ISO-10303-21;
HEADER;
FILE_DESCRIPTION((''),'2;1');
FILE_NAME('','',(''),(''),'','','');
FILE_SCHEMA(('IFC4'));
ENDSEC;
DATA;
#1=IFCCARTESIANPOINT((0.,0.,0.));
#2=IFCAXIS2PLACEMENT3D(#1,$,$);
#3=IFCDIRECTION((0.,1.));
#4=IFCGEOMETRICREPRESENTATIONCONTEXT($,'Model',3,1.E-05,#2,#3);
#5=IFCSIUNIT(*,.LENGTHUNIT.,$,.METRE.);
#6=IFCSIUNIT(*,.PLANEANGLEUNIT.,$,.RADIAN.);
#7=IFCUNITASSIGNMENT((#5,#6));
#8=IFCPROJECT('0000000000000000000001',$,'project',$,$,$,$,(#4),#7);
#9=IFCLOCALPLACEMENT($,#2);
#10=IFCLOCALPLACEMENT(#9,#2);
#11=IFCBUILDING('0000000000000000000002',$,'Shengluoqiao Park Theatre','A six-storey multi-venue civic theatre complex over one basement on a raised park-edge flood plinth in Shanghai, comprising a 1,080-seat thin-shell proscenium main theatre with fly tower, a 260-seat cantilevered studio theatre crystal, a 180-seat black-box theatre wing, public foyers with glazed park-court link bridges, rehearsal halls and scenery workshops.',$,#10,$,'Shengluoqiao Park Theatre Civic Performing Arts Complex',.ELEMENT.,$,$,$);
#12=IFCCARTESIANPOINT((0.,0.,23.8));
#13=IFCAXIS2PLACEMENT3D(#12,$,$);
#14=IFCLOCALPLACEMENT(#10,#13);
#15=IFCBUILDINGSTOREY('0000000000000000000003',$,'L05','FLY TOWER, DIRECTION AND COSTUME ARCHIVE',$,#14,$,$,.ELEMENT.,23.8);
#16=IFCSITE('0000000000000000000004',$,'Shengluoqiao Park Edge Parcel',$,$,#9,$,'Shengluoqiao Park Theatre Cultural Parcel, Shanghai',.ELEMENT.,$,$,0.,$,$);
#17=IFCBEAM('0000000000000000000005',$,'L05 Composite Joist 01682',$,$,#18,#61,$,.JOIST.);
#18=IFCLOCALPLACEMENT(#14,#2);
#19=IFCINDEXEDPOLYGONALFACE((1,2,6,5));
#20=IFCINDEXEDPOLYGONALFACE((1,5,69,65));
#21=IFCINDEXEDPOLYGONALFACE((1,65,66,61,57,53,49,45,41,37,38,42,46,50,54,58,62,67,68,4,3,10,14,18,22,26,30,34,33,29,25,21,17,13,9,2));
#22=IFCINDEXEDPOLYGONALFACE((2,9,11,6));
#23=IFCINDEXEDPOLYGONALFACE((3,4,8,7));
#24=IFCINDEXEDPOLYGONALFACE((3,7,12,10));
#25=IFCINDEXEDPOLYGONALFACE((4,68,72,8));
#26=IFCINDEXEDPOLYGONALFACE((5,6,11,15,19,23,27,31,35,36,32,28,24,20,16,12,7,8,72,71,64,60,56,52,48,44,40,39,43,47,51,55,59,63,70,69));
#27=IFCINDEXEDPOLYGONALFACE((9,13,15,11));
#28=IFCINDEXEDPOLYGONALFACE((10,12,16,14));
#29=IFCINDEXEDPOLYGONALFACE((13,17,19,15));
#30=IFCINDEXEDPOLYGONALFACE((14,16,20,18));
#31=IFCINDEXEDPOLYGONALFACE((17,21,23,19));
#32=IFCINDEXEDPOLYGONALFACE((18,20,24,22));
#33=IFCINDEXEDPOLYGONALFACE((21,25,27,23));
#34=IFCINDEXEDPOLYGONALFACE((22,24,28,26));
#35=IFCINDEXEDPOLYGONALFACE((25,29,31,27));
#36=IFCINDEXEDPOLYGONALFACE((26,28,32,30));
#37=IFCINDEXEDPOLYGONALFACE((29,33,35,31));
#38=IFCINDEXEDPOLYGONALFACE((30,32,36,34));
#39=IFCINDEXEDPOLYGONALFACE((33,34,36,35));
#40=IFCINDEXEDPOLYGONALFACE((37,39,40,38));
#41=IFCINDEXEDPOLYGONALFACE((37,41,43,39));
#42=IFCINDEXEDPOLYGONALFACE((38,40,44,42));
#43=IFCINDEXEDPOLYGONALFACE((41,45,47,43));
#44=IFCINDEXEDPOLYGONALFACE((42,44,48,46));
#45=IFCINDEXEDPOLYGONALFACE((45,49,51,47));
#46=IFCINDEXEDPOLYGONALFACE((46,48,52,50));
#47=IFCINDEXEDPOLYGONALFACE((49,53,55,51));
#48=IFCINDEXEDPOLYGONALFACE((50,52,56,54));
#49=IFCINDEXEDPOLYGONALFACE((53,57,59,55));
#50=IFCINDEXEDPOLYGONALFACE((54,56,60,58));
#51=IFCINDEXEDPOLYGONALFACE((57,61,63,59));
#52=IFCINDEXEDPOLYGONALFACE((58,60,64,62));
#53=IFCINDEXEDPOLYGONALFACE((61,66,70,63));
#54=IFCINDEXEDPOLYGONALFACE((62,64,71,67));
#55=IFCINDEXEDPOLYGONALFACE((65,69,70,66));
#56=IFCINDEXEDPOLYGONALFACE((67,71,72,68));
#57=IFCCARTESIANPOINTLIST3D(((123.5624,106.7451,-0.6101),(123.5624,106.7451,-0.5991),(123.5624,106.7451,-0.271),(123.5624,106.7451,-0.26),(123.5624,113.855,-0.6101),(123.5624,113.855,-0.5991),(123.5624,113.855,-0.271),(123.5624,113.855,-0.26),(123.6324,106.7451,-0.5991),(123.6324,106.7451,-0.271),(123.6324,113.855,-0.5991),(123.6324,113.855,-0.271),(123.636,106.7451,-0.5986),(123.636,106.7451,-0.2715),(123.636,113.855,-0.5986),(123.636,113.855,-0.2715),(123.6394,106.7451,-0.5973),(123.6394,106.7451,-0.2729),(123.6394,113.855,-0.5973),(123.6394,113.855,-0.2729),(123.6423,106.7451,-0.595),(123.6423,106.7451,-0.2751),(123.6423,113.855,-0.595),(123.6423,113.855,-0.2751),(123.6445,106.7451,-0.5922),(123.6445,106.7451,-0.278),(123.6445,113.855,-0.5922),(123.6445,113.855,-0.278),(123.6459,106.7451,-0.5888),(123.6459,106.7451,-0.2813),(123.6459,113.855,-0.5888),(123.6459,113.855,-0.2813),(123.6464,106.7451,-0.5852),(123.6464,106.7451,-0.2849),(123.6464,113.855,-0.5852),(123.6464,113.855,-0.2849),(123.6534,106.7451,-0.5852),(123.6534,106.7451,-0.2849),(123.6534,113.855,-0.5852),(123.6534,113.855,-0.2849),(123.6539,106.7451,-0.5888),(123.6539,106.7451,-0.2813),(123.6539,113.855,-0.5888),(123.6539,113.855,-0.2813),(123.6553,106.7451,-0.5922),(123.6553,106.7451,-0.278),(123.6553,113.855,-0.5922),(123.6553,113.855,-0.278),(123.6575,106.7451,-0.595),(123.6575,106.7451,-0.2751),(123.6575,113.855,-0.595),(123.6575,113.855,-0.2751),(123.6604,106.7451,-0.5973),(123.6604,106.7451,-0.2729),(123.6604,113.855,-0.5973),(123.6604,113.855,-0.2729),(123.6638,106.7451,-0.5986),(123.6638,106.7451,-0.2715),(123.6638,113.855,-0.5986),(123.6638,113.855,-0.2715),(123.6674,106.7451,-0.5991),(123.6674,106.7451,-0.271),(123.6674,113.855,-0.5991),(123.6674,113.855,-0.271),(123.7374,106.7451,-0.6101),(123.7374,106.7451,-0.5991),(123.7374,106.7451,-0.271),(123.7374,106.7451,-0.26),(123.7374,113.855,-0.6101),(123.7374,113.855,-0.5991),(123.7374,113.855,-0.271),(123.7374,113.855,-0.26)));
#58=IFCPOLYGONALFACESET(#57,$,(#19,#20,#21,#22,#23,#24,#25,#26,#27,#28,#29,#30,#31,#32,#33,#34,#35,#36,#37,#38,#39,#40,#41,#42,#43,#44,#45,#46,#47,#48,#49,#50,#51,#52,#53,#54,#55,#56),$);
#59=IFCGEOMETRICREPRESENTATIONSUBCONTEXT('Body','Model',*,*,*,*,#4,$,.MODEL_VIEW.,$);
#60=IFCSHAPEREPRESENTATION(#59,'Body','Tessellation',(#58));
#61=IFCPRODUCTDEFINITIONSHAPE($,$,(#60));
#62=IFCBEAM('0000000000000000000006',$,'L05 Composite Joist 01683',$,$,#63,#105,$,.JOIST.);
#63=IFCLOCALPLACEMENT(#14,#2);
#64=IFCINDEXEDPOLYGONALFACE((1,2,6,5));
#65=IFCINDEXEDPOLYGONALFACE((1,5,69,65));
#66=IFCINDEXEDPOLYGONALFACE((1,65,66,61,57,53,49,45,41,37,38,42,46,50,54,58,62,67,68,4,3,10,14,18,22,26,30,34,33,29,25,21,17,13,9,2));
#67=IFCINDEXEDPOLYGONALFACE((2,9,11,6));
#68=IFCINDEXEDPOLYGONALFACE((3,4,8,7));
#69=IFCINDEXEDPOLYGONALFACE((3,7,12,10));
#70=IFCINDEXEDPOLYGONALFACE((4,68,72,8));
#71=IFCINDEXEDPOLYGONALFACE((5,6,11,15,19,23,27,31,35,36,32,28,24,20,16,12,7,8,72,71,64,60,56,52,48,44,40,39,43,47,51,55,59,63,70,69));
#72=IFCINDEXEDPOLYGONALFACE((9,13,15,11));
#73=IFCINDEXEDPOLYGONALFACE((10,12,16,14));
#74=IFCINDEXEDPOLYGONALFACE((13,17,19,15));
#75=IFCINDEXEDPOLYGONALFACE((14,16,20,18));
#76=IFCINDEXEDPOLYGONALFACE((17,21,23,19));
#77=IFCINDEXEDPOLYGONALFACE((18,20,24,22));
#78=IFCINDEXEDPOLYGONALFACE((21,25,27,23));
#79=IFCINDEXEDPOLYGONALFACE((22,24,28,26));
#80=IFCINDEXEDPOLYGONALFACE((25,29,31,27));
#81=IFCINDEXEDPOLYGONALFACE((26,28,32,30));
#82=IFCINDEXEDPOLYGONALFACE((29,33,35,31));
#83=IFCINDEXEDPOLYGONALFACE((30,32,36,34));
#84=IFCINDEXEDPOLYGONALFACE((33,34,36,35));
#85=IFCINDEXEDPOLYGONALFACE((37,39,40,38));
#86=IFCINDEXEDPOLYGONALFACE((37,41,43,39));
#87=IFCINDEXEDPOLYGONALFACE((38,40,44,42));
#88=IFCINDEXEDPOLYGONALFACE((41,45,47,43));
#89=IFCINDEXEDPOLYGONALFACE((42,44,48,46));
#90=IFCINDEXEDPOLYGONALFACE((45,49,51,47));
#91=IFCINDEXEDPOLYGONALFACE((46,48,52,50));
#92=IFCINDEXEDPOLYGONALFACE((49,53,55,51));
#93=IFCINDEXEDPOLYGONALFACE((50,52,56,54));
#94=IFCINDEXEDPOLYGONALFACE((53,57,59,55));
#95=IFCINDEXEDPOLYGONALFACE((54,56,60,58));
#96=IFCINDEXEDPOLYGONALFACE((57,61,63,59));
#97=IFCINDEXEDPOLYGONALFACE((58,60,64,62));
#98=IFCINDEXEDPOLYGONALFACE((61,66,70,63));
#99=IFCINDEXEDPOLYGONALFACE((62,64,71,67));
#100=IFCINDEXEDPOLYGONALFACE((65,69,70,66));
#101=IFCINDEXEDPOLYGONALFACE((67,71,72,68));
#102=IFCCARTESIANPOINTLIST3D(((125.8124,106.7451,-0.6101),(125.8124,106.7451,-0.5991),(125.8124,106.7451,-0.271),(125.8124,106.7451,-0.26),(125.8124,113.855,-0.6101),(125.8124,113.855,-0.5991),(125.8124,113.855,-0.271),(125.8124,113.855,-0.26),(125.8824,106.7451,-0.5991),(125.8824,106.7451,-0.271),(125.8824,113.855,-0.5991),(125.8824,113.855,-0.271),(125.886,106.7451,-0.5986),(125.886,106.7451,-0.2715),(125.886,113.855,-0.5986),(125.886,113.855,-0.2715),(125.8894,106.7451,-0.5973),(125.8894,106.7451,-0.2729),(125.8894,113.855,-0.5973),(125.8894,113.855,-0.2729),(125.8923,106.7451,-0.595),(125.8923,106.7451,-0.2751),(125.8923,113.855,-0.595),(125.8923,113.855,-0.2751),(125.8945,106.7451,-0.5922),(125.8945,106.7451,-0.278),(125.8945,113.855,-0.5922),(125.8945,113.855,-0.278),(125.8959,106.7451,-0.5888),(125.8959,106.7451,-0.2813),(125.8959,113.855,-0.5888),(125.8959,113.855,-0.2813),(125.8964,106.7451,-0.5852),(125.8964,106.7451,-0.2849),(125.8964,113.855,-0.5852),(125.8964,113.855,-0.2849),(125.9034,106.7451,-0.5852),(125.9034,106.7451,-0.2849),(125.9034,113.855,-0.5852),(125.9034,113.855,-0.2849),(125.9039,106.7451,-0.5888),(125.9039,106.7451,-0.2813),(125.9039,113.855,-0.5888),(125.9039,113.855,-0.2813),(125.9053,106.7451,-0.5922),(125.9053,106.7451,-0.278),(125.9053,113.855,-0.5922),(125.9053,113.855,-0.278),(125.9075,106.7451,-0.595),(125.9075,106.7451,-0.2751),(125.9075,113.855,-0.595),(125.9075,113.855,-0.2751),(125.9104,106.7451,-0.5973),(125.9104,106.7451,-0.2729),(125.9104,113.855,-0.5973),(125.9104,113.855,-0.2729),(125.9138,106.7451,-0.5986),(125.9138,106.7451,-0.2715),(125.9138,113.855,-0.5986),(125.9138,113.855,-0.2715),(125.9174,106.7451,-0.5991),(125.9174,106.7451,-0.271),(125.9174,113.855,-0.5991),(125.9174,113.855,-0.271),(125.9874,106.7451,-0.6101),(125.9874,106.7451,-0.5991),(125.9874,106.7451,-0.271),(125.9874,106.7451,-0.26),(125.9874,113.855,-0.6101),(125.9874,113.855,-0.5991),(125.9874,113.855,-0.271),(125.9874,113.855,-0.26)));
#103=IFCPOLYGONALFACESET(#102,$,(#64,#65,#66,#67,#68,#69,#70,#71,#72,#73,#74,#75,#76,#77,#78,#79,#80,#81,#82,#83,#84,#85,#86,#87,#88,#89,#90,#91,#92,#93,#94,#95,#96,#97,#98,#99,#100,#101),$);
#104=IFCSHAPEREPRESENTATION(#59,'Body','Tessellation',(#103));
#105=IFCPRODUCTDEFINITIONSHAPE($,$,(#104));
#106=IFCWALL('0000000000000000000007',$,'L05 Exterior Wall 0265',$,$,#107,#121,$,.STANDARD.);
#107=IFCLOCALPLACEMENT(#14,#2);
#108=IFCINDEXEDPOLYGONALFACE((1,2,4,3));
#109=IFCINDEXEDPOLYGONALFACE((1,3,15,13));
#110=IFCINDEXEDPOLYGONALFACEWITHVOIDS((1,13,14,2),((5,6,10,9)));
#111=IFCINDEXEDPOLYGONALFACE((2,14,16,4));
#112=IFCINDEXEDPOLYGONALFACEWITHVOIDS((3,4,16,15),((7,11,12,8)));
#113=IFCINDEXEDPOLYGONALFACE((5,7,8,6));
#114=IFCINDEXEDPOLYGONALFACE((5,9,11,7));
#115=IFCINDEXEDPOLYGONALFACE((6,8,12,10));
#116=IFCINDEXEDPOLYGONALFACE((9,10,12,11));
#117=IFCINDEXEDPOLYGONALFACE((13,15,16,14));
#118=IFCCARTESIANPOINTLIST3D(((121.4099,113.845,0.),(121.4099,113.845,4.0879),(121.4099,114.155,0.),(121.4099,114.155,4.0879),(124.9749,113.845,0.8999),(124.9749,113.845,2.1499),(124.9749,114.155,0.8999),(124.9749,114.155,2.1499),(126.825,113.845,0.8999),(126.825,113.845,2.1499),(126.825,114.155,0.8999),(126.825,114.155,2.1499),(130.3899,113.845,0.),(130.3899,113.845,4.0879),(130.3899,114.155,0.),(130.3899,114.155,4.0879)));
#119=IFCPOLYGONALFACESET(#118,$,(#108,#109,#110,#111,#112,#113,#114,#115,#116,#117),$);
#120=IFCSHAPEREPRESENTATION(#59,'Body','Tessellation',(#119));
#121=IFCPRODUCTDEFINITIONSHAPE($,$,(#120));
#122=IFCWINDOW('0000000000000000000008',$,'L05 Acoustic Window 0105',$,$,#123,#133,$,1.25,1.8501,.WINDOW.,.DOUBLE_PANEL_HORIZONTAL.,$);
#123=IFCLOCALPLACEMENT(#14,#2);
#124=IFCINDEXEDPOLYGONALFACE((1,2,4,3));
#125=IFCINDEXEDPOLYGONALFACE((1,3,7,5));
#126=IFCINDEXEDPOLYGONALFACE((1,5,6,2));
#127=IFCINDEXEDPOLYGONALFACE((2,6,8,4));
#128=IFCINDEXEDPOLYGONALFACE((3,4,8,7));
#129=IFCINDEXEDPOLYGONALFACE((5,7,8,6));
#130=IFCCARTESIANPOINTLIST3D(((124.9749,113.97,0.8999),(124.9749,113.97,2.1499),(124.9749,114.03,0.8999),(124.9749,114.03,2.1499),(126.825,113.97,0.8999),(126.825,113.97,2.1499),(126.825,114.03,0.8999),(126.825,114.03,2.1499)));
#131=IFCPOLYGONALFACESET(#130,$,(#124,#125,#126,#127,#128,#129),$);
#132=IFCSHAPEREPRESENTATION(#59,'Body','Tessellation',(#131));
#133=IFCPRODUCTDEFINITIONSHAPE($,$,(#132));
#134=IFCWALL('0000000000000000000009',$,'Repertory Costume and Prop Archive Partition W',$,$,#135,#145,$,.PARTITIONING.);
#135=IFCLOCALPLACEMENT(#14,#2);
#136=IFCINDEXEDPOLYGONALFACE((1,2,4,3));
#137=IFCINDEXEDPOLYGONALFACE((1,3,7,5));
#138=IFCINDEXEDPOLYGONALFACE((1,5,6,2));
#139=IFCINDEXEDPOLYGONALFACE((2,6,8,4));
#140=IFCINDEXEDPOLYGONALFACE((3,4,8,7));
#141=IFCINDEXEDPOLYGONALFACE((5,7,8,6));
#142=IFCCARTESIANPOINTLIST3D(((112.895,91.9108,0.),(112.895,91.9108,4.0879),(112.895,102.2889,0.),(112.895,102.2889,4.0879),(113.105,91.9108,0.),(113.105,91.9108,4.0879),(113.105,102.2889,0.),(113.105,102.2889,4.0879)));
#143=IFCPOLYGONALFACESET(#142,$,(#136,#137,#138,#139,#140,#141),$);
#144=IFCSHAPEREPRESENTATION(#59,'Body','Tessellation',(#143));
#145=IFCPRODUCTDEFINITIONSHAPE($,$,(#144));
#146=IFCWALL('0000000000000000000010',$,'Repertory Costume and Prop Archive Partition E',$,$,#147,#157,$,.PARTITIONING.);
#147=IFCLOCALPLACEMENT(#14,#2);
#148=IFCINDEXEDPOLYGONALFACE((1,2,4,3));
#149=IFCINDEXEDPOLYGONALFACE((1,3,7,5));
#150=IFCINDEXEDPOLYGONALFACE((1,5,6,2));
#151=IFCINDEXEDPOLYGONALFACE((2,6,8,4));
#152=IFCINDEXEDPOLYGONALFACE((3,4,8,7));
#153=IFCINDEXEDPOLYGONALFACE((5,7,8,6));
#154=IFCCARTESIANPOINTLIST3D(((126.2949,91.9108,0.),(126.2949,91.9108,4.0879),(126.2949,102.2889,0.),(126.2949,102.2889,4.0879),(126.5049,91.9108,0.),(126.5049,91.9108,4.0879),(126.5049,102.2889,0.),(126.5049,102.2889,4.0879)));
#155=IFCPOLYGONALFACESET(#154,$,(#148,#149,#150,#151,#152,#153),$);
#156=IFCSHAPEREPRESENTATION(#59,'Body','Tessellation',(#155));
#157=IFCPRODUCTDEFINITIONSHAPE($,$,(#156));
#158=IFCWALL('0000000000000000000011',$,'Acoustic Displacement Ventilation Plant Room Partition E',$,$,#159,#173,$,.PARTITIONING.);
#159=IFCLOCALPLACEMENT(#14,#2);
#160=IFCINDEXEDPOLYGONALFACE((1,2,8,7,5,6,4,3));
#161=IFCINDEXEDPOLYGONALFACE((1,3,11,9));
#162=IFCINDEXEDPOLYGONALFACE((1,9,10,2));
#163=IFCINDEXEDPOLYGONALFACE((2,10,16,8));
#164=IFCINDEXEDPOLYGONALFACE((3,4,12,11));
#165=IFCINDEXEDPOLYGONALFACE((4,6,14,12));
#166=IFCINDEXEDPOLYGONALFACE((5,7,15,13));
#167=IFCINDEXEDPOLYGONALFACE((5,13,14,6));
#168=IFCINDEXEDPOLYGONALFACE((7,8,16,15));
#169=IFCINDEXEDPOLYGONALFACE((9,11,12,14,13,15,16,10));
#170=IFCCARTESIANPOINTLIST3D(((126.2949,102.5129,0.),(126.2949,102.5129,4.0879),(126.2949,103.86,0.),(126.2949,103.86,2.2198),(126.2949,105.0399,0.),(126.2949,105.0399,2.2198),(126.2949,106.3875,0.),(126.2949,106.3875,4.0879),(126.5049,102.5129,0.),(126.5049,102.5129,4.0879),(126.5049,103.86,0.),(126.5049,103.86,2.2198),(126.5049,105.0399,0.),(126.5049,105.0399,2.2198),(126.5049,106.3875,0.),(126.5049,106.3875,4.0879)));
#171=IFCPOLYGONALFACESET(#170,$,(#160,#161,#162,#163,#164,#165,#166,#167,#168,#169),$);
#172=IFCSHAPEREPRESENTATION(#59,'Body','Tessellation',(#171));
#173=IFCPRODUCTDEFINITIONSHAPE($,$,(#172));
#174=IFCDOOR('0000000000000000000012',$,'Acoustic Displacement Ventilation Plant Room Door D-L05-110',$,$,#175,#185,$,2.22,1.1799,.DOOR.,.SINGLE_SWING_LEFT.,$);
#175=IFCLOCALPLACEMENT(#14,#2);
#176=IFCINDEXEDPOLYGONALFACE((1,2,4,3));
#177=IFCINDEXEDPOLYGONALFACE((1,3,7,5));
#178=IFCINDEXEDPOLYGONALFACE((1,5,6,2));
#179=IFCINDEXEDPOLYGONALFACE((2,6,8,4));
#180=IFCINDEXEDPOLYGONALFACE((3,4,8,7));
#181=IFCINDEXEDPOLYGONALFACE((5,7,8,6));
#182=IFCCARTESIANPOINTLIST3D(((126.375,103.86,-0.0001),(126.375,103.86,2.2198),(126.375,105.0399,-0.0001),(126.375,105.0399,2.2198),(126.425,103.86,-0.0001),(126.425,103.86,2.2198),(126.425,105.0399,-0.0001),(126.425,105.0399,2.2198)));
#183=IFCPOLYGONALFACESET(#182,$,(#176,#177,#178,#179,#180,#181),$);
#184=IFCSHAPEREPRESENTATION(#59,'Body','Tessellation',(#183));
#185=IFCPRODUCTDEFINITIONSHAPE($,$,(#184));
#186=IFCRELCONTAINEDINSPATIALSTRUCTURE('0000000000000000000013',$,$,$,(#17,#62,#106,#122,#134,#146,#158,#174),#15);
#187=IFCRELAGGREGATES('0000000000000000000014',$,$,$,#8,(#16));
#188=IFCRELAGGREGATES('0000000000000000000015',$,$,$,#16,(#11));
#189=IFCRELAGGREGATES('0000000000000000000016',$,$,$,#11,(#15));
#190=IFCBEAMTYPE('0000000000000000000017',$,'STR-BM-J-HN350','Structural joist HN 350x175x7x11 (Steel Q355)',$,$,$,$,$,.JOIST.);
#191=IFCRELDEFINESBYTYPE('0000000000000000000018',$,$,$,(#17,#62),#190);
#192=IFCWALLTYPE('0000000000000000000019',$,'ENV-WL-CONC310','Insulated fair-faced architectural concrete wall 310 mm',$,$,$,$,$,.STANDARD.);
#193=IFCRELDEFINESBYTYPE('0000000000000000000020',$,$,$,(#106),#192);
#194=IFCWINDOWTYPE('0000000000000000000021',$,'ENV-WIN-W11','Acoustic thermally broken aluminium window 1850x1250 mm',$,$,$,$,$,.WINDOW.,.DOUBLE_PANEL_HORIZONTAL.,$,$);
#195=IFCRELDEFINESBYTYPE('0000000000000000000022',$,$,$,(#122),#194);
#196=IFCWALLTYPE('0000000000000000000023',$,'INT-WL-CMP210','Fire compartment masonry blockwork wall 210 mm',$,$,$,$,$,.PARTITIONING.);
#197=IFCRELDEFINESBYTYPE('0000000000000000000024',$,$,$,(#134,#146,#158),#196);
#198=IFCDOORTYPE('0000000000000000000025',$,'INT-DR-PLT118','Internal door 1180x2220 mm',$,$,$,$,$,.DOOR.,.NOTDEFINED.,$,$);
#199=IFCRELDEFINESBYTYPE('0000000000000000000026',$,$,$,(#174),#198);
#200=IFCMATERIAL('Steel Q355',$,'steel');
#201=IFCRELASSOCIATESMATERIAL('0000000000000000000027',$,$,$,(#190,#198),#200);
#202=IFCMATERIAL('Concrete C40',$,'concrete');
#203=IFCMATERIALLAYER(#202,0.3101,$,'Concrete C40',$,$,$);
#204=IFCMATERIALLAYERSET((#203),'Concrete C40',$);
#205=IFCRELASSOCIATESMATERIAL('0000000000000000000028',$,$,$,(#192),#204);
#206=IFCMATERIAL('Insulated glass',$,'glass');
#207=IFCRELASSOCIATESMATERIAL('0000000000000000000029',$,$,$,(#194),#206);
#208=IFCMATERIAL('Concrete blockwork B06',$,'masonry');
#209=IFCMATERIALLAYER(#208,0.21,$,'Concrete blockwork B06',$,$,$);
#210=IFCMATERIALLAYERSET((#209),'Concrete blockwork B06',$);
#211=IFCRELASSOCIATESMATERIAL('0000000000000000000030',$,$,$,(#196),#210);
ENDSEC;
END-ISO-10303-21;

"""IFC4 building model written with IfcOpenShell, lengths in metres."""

from ifc_helpers import new_model, si_unit, direction, frame, frame_2d, origin, origin_2d, place, context, subcontext, project, spatial, rectangle, i_section, extrude, material, layer, layer_set, material_profile, profile_set, type_object, element, fill, save


model = new_model("IFC4")

# Units and contexts
model_context = context("Model", 3, precision=1e-05, world=origin(), true_north=direction((0.0, 1.0)))
body_context = subcontext(model_context, "Body", "Model", "MODEL_VIEW")
ifc_project = project(units=[si_unit("LENGTHUNIT", "METRE"), si_unit("PLANEANGLEUNIT", "RADIAN")], contexts=[model_context])

# Site, building, storey
site_placement = place(None, origin())
site = spatial("IfcSite", under=ifc_project, at=site_placement, Name="Shengluoqiao Park Edge Parcel", LongName="Shengluoqiao Park Theatre Cultural Parcel, Shanghai", CompositionType="ELEMENT", RefElevation=0.0)
building_placement = place(site_placement, origin())
building = spatial("IfcBuilding", under=site, at=building_placement, Name="Shengluoqiao Park Theatre", Description="A six-storey multi-venue civic theatre complex over one basement on a raised park-edge flood plinth in Shanghai, comprising a 1,080-seat thin-shell proscenium main theatre with fly tower, a 260-seat cantilevered studio theatre crystal, a 180-seat black-box theatre wing, public foyers with glazed park-court link bridges, rehearsal halls and scenery workshops.", LongName="Shengluoqiao Park Theatre Civic Performing Arts Complex", CompositionType="ELEMENT")
storey_placement = place(building_placement, frame((0.0, 0.0, 23.8)))
storey = spatial("IfcBuildingStorey", under=building, at=storey_placement, Name="L05", Description="FLY TOWER, DIRECTION AND COSTUME ARCHIVE", CompositionType="ELEMENT", Elevation=23.8)

# Shared definitions
ifc_material_1 = material(Name="Steel Q355", Category="steel")

# Beams
ifc_material_profile_1 = material_profile(ifc_material_1, i_section(OverallWidth=0.175, OverallDepth=0.3501, WebThickness=0.0071, FlangeThickness=0.011, FilletRadius=0.0139, at=origin_2d()), Name="HN 350x175x7x11")
ifc_profile_set_1 = profile_set([ifc_material_profile_1], Name="Steel Q355")
beam_type_1 = type_object("IfcBeamType", Name="STR-BM-J-HN350", Description="Structural joist HN 350x175x7x11 (Steel Q355)", PredefinedType="JOIST", material=ifc_profile_set_1)
for number, where, z_axis, x_axis, name in (
    (1, (123.6499, 106.7451, -0.4351), (0.0, 1.0, 0.0), (-1.0, 0.0, 0.0), "L05 Composite Joist 01682"),
    (2, (125.8999, 106.7451, -0.4351), (0.0, 1.0, 0.0), (-1.0, 0.0, 0.0), "L05 Composite Joist 01683"),
):
    element("IfcBeam", number, at=place(storey_placement, frame(where, z_axis=z_axis, x_axis=x_axis)), inside=storey, type_object=beam_type_1, Name=name, PredefinedType="JOIST", context=body_context, shape_type="SweptSolid", body=[
        extrude(i_section(OverallWidth=0.175, OverallDepth=0.3501, WebThickness=0.0071, FlangeThickness=0.011, FilletRadius=0.0139, at=origin_2d()), origin(), (0.0, 0.0, 1.0), 7.1099),
    ])

# Wall, opening, window
ifc_material_2 = material(Name="Concrete C40", Category="concrete")
ifc_layer_1 = layer(ifc_material_2, 0.3101, Name="Concrete C40")
ifc_layer_set_1 = layer_set([ifc_layer_1], Name="Concrete C40")
wall_type_1 = type_object("IfcWallType", Name="ENV-WL-CONC310", Description="Insulated fair-faced architectural concrete wall 310 mm", PredefinedType="STANDARD", material=ifc_layer_set_1)
wall_1_placement = place(storey_placement, frame((121.4099, 114.0, 0.0), z_axis=(0.0, 0.0, 1.0), x_axis=(1.0, 0.0, 0.0)))
wall_1 = element("IfcWall", 3, at=wall_1_placement, inside=storey, type_object=wall_type_1, Name="L05 Exterior Wall 0265", PredefinedType="STANDARD", context=body_context, shape_type="SweptSolid", body=[
    extrude(rectangle(XDim=8.98, YDim=0.3101, at=frame_2d((4.49, 0.0))), origin(), (0.0, 0.0, 1.0), 4.0879),
])
opening_1_placement = place(wall_1_placement, frame((3.5649, 0.0, 0.8999)))
opening_1 = element("IfcOpeningElement", 4, at=opening_1_placement, cuts=wall_1, PredefinedType="OPENING", context=body_context, shape_type="SweptSolid", body=[
    extrude(rectangle(XDim=1.8501, YDim=1.25, at=frame_2d((0.925, 0.625))), frame((0.0, 0.165, 0.0), z_axis=(0.0, -1.0, 0.0), x_axis=(1.0, 0.0, 0.0)), (0.0, 0.0, 1.0), 0.3301),
])
ifc_material_3 = material(Name="Insulated glass", Category="glass")
window_type = type_object("IfcWindowType", Name="ENV-WIN-W11", Description="Acoustic thermally broken aluminium window 1850x1250 mm", PartitioningType="DOUBLE_PANEL_HORIZONTAL", PredefinedType="WINDOW", material=ifc_material_3)
window_placement = place(opening_1_placement, origin())
window = element("IfcWindow", 5, at=window_placement, inside=storey, type_object=window_type, Name="L05 Acoustic Window 0105", OverallHeight=1.25, OverallWidth=1.8501, PartitioningType="DOUBLE_PANEL_HORIZONTAL", PredefinedType="WINDOW", context=body_context, shape_type="SweptSolid", body=[
    extrude(rectangle(XDim=1.8501, YDim=1.25, at=frame_2d((0.925, 0.625))), frame((0.0, 0.03, 0.0), z_axis=(0.0, -1.0, 0.0), x_axis=(1.0, 0.0, 0.0)), (0.0, 0.0, 1.0), 0.0601),
])
fill(opening_1, window)

# Walls
ifc_material_4 = material(Name="Concrete blockwork B06", Category="masonry")
ifc_layer_2 = layer(ifc_material_4, 0.21, Name="Concrete blockwork B06")
ifc_layer_set_2 = layer_set([ifc_layer_2], Name="Concrete blockwork B06")
wall_type_2 = type_object("IfcWallType", Name="INT-WL-CMP210", Description="Fire compartment masonry blockwork wall 210 mm", PredefinedType="PARTITIONING", material=ifc_layer_set_2)
for number, where, z_axis, x_axis, name in (
    (6, (113.0, 91.9109, 0.0), (0.0, 0.0, 1.0), (0.0, 1.0, 0.0), "Repertory Costume and Prop Archive Partition W"),
    (7, (126.3999, 91.9109, 0.0), (0.0, 0.0, 1.0), (0.0, 1.0, 0.0), "Repertory Costume and Prop Archive Partition E"),
):
    element("IfcWall", number, at=place(storey_placement, frame(where, z_axis=z_axis, x_axis=x_axis)), inside=storey, type_object=wall_type_2, Name=name, PredefinedType="PARTITIONING", context=body_context, shape_type="SweptSolid", body=[
        extrude(rectangle(XDim=10.3782, YDim=0.21, at=frame_2d((5.189, 0.0))), origin(), (0.0, 0.0, 1.0), 4.0879),
    ])

# Wall, opening, door
wall_2_placement = place(storey_placement, frame((126.3999, 102.5129, 0.0), z_axis=(0.0, 0.0, 1.0), x_axis=(0.0, 1.0, 0.0)))
wall_2 = element("IfcWall", 8, at=wall_2_placement, inside=storey, type_object=wall_type_2, Name="Acoustic Displacement Ventilation Plant Room Partition E", PredefinedType="PARTITIONING", context=body_context, shape_type="SweptSolid", body=[
    extrude(rectangle(XDim=3.8745, YDim=0.21, at=frame_2d((1.9373, 0.0))), origin(), (0.0, 0.0, 1.0), 4.0879),
])
opening_2_placement = place(wall_2_placement, frame((1.3472, 0.0, 0.0)))
opening_2 = element("IfcOpeningElement", 9, at=opening_2_placement, cuts=wall_2, PredefinedType="OPENING", context=body_context, shape_type="SweptSolid", body=[
    extrude(rectangle(XDim=1.1799, YDim=2.22, at=frame_2d((0.5898, 1.1099))), frame((0.0, 0.115, 0.0), z_axis=(0.0, -1.0, 0.0), x_axis=(1.0, 0.0, 0.0)), (0.0, 0.0, 1.0), 0.23),
])
door_type_1 = type_object("IfcDoorType", Name="INT-DR-PLT118", Description="Internal door 1180x2220 mm", OperationType="NOTDEFINED", PredefinedType="DOOR", material=ifc_material_1)
door_1_placement = place(opening_2_placement, origin())
door_1 = element("IfcDoor", 10, at=door_1_placement, inside=storey, type_object=door_type_1, Name="Acoustic Displacement Ventilation Plant Room Door D-L05-110", OperationType="SINGLE_SWING_LEFT", OverallHeight=2.22, OverallWidth=1.1799, PredefinedType="DOOR", context=body_context, shape_type="SweptSolid", body=[
    extrude(rectangle(XDim=1.1799, YDim=2.22, at=frame_2d((0.5898, 1.1099))), frame((0.0, 0.0249, 0.0), z_axis=(0.0, -1.0, 0.0), x_axis=(1.0, 0.0, 0.0)), (0.0, 0.0, 1.0), 0.05),
])
fill(opening_2, door_1)

save(model, "model.ifc")
